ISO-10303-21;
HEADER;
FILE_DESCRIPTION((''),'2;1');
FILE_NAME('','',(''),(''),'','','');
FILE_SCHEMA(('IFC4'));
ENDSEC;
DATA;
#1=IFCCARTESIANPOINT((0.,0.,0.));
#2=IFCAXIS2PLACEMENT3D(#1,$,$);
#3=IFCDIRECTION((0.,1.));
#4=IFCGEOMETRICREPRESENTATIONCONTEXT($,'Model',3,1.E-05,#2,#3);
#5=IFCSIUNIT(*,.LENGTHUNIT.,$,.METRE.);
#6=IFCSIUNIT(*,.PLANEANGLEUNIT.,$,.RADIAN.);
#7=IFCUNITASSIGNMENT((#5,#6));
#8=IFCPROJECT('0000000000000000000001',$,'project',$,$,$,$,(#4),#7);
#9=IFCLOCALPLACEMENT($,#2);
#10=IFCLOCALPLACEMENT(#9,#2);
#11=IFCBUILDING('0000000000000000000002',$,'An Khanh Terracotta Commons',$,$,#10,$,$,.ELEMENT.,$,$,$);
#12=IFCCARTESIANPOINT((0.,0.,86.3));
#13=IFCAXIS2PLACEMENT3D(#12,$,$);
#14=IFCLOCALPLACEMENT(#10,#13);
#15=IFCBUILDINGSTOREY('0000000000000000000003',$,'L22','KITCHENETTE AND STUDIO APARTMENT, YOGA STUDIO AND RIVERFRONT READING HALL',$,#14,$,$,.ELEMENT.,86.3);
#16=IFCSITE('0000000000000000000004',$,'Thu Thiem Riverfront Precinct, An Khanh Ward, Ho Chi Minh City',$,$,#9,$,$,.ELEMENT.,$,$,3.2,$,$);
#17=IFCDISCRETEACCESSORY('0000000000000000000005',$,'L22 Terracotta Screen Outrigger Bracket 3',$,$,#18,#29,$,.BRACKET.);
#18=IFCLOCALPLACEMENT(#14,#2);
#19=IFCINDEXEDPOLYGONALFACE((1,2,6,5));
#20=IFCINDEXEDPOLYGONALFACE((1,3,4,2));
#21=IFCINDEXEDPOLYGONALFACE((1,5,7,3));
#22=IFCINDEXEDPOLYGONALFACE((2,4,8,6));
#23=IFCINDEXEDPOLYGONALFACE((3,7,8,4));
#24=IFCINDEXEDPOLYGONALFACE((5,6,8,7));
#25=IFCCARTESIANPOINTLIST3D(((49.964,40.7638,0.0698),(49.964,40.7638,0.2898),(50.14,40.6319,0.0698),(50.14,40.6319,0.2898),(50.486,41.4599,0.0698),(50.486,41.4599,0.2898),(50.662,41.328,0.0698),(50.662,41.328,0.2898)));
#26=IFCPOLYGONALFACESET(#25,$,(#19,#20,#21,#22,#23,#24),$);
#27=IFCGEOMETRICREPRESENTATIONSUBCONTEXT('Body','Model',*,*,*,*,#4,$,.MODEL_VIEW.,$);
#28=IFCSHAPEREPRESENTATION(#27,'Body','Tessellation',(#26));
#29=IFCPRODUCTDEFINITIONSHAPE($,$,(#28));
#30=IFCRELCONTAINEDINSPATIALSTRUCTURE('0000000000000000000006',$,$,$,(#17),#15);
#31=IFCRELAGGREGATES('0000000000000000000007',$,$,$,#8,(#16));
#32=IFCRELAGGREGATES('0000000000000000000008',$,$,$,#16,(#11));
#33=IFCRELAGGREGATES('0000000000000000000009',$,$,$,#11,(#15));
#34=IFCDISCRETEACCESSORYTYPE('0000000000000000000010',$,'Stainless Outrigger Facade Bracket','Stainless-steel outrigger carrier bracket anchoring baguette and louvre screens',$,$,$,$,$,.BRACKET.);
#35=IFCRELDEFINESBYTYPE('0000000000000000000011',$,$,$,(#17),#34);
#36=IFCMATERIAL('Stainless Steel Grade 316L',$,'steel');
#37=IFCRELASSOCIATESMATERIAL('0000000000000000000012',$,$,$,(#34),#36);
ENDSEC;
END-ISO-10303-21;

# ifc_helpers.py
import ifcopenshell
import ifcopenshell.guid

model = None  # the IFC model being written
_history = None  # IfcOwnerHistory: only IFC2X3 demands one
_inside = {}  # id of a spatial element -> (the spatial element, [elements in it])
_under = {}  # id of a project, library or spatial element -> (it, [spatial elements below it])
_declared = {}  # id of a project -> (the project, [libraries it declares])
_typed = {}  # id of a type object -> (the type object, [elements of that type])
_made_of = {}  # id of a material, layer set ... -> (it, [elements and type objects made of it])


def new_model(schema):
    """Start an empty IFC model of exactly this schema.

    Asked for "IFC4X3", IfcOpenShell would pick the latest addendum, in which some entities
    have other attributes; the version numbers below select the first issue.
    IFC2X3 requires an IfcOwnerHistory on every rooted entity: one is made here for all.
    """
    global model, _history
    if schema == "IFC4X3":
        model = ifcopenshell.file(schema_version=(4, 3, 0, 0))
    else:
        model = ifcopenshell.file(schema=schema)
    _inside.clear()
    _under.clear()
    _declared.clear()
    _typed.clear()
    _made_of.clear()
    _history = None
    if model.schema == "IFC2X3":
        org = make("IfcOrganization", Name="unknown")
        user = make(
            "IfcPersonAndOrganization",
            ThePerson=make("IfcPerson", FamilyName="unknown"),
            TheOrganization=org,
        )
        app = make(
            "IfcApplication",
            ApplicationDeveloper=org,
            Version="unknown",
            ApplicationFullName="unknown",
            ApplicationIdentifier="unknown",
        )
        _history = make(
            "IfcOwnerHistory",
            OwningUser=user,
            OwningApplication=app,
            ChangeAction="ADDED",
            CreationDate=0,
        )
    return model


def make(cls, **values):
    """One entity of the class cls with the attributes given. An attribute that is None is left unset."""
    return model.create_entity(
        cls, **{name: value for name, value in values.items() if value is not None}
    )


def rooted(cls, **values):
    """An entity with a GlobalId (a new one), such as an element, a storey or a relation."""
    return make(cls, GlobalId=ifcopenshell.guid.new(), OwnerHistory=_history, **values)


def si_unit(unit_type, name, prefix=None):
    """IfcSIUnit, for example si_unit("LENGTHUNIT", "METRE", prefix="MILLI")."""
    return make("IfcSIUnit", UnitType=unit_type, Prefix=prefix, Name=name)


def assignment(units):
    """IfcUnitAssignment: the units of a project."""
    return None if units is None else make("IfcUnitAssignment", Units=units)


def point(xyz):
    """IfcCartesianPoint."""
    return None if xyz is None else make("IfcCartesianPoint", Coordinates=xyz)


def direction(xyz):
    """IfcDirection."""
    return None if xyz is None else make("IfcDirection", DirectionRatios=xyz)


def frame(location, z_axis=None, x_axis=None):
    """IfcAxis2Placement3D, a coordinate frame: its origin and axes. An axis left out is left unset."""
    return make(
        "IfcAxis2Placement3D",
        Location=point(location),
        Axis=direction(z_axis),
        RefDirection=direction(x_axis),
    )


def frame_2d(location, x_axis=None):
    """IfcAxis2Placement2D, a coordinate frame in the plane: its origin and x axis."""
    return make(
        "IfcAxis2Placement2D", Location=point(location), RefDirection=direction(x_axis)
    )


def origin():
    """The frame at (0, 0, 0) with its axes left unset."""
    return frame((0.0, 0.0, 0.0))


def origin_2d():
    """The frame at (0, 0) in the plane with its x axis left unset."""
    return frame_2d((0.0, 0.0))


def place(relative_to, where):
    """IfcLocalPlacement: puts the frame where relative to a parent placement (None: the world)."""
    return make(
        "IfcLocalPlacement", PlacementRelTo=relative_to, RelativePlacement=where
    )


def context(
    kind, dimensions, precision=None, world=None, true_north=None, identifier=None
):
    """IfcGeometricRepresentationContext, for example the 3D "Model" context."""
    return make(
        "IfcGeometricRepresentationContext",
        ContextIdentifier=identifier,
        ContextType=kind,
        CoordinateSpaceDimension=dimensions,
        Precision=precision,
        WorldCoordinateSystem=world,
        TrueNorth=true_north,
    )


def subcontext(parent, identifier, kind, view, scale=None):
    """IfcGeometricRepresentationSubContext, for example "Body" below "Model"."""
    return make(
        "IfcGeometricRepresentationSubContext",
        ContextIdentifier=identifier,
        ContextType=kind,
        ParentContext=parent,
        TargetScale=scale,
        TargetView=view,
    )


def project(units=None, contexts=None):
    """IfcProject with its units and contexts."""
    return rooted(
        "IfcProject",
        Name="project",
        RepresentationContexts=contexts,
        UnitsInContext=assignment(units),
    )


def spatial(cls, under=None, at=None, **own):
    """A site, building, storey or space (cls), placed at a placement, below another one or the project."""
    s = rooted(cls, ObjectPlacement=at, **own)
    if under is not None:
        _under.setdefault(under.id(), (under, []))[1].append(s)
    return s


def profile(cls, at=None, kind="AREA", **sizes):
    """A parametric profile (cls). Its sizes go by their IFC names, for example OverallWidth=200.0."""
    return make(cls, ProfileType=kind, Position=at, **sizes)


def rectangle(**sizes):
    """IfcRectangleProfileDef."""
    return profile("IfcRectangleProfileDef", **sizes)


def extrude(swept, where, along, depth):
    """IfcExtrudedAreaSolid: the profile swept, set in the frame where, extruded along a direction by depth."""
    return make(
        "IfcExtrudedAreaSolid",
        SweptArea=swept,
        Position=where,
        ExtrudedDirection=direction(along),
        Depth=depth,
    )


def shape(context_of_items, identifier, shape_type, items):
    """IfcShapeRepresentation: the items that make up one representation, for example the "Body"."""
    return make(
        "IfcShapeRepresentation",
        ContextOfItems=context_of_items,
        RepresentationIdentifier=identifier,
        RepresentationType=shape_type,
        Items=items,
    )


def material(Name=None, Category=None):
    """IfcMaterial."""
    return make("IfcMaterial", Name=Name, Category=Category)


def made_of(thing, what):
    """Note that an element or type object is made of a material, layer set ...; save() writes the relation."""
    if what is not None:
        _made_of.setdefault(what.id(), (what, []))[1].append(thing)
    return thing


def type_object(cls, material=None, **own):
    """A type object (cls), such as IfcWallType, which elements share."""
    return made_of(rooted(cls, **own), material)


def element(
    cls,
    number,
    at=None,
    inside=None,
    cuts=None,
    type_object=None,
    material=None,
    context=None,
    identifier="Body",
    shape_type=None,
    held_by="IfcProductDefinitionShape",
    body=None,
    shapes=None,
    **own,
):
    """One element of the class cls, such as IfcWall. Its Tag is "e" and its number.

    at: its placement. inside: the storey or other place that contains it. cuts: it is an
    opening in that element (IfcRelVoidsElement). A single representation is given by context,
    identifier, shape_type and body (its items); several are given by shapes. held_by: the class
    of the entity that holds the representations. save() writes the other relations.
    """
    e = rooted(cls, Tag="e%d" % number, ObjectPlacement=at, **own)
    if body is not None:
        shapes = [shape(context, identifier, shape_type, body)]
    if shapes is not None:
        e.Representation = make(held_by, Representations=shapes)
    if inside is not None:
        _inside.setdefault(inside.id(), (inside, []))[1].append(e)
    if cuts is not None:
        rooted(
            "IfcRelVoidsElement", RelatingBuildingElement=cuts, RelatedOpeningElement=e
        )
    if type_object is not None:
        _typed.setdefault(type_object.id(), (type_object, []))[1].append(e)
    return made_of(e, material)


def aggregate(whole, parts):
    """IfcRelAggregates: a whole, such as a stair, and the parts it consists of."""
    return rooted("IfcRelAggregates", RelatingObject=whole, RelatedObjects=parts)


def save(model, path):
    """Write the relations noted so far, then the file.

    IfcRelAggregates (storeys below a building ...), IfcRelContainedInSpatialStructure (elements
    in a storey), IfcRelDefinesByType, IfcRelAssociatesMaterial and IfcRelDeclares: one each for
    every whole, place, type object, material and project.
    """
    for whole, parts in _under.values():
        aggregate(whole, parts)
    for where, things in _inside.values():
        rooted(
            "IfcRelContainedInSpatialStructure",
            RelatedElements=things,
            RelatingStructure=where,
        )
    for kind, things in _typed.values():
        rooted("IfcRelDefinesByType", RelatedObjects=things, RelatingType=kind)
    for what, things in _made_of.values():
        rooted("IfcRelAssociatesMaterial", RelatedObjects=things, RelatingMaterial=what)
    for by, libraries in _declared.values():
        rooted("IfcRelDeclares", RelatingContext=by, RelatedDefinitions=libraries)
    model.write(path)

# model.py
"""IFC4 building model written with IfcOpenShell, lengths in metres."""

from ifc_helpers import new_model, si_unit, direction, frame, origin, origin_2d, place, context, subcontext, project, spatial, rectangle, extrude, material, type_object, element, save


model = new_model("IFC4")

# Units and contexts
model_context = context("Model", 3, precision=1e-05, world=origin(), true_north=direction((0.0, 1.0)))
body_context = subcontext(model_context, "Body", "Model", "MODEL_VIEW")
ifc_project = project(units=[si_unit("LENGTHUNIT", "METRE"), si_unit("PLANEANGLEUNIT", "RADIAN")], contexts=[model_context])

# Site, building, storey
site_placement = place(None, origin())
site = spatial("IfcSite", under=ifc_project, at=site_placement, Name="Thu Thiem Riverfront Precinct, An Khanh Ward, Ho Chi Minh City", CompositionType="ELEMENT", RefElevation=3.2)
building_placement = place(site_placement, origin())
building = spatial("IfcBuilding", under=site, at=building_placement, Name="An Khanh Terracotta Commons", CompositionType="ELEMENT")
storey_placement = place(building_placement, frame((0.0, 0.0, 86.3)))
storey = spatial("IfcBuildingStorey", under=building, at=storey_placement, Name="L22", Description="KITCHENETTE AND STUDIO APARTMENT, YOGA STUDIO AND RIVERFRONT READING HALL", CompositionType="ELEMENT", Elevation=86.3)

# Discrete accessory
ifc_material_1 = material(Name="Stainless Steel Grade 316L", Category="steel")
discrete_accessory_type = type_object("IfcDiscreteAccessoryType", Name="Stainless Outrigger Facade Bracket", Description="Stainless-steel outrigger carrier bracket anchoring baguette and louvre screens", PredefinedType="BRACKET", material=ifc_material_1)
for number, where, z_axis, x_axis, name in (
    (1, (50.313, 41.0459, 0.0698), (0.0, 0.0, 1.0), (-0.800013, 0.599983, 0.0), "L22 Terracotta Screen Outrigger Bracket 3"),
):
    element("IfcDiscreteAccessory", number, at=place(storey_placement, frame(where, z_axis=z_axis, x_axis=x_axis)), inside=storey, type_object=discrete_accessory_type, Name=name, PredefinedType="BRACKET", context=body_context, shape_type="SweptSolid", body=[
        extrude(rectangle(XDim=0.22, YDim=0.8701, at=origin_2d()), origin(), (0.0, 0.0, 1.0), 0.22),
    ])

save(model, "model.ifc")
